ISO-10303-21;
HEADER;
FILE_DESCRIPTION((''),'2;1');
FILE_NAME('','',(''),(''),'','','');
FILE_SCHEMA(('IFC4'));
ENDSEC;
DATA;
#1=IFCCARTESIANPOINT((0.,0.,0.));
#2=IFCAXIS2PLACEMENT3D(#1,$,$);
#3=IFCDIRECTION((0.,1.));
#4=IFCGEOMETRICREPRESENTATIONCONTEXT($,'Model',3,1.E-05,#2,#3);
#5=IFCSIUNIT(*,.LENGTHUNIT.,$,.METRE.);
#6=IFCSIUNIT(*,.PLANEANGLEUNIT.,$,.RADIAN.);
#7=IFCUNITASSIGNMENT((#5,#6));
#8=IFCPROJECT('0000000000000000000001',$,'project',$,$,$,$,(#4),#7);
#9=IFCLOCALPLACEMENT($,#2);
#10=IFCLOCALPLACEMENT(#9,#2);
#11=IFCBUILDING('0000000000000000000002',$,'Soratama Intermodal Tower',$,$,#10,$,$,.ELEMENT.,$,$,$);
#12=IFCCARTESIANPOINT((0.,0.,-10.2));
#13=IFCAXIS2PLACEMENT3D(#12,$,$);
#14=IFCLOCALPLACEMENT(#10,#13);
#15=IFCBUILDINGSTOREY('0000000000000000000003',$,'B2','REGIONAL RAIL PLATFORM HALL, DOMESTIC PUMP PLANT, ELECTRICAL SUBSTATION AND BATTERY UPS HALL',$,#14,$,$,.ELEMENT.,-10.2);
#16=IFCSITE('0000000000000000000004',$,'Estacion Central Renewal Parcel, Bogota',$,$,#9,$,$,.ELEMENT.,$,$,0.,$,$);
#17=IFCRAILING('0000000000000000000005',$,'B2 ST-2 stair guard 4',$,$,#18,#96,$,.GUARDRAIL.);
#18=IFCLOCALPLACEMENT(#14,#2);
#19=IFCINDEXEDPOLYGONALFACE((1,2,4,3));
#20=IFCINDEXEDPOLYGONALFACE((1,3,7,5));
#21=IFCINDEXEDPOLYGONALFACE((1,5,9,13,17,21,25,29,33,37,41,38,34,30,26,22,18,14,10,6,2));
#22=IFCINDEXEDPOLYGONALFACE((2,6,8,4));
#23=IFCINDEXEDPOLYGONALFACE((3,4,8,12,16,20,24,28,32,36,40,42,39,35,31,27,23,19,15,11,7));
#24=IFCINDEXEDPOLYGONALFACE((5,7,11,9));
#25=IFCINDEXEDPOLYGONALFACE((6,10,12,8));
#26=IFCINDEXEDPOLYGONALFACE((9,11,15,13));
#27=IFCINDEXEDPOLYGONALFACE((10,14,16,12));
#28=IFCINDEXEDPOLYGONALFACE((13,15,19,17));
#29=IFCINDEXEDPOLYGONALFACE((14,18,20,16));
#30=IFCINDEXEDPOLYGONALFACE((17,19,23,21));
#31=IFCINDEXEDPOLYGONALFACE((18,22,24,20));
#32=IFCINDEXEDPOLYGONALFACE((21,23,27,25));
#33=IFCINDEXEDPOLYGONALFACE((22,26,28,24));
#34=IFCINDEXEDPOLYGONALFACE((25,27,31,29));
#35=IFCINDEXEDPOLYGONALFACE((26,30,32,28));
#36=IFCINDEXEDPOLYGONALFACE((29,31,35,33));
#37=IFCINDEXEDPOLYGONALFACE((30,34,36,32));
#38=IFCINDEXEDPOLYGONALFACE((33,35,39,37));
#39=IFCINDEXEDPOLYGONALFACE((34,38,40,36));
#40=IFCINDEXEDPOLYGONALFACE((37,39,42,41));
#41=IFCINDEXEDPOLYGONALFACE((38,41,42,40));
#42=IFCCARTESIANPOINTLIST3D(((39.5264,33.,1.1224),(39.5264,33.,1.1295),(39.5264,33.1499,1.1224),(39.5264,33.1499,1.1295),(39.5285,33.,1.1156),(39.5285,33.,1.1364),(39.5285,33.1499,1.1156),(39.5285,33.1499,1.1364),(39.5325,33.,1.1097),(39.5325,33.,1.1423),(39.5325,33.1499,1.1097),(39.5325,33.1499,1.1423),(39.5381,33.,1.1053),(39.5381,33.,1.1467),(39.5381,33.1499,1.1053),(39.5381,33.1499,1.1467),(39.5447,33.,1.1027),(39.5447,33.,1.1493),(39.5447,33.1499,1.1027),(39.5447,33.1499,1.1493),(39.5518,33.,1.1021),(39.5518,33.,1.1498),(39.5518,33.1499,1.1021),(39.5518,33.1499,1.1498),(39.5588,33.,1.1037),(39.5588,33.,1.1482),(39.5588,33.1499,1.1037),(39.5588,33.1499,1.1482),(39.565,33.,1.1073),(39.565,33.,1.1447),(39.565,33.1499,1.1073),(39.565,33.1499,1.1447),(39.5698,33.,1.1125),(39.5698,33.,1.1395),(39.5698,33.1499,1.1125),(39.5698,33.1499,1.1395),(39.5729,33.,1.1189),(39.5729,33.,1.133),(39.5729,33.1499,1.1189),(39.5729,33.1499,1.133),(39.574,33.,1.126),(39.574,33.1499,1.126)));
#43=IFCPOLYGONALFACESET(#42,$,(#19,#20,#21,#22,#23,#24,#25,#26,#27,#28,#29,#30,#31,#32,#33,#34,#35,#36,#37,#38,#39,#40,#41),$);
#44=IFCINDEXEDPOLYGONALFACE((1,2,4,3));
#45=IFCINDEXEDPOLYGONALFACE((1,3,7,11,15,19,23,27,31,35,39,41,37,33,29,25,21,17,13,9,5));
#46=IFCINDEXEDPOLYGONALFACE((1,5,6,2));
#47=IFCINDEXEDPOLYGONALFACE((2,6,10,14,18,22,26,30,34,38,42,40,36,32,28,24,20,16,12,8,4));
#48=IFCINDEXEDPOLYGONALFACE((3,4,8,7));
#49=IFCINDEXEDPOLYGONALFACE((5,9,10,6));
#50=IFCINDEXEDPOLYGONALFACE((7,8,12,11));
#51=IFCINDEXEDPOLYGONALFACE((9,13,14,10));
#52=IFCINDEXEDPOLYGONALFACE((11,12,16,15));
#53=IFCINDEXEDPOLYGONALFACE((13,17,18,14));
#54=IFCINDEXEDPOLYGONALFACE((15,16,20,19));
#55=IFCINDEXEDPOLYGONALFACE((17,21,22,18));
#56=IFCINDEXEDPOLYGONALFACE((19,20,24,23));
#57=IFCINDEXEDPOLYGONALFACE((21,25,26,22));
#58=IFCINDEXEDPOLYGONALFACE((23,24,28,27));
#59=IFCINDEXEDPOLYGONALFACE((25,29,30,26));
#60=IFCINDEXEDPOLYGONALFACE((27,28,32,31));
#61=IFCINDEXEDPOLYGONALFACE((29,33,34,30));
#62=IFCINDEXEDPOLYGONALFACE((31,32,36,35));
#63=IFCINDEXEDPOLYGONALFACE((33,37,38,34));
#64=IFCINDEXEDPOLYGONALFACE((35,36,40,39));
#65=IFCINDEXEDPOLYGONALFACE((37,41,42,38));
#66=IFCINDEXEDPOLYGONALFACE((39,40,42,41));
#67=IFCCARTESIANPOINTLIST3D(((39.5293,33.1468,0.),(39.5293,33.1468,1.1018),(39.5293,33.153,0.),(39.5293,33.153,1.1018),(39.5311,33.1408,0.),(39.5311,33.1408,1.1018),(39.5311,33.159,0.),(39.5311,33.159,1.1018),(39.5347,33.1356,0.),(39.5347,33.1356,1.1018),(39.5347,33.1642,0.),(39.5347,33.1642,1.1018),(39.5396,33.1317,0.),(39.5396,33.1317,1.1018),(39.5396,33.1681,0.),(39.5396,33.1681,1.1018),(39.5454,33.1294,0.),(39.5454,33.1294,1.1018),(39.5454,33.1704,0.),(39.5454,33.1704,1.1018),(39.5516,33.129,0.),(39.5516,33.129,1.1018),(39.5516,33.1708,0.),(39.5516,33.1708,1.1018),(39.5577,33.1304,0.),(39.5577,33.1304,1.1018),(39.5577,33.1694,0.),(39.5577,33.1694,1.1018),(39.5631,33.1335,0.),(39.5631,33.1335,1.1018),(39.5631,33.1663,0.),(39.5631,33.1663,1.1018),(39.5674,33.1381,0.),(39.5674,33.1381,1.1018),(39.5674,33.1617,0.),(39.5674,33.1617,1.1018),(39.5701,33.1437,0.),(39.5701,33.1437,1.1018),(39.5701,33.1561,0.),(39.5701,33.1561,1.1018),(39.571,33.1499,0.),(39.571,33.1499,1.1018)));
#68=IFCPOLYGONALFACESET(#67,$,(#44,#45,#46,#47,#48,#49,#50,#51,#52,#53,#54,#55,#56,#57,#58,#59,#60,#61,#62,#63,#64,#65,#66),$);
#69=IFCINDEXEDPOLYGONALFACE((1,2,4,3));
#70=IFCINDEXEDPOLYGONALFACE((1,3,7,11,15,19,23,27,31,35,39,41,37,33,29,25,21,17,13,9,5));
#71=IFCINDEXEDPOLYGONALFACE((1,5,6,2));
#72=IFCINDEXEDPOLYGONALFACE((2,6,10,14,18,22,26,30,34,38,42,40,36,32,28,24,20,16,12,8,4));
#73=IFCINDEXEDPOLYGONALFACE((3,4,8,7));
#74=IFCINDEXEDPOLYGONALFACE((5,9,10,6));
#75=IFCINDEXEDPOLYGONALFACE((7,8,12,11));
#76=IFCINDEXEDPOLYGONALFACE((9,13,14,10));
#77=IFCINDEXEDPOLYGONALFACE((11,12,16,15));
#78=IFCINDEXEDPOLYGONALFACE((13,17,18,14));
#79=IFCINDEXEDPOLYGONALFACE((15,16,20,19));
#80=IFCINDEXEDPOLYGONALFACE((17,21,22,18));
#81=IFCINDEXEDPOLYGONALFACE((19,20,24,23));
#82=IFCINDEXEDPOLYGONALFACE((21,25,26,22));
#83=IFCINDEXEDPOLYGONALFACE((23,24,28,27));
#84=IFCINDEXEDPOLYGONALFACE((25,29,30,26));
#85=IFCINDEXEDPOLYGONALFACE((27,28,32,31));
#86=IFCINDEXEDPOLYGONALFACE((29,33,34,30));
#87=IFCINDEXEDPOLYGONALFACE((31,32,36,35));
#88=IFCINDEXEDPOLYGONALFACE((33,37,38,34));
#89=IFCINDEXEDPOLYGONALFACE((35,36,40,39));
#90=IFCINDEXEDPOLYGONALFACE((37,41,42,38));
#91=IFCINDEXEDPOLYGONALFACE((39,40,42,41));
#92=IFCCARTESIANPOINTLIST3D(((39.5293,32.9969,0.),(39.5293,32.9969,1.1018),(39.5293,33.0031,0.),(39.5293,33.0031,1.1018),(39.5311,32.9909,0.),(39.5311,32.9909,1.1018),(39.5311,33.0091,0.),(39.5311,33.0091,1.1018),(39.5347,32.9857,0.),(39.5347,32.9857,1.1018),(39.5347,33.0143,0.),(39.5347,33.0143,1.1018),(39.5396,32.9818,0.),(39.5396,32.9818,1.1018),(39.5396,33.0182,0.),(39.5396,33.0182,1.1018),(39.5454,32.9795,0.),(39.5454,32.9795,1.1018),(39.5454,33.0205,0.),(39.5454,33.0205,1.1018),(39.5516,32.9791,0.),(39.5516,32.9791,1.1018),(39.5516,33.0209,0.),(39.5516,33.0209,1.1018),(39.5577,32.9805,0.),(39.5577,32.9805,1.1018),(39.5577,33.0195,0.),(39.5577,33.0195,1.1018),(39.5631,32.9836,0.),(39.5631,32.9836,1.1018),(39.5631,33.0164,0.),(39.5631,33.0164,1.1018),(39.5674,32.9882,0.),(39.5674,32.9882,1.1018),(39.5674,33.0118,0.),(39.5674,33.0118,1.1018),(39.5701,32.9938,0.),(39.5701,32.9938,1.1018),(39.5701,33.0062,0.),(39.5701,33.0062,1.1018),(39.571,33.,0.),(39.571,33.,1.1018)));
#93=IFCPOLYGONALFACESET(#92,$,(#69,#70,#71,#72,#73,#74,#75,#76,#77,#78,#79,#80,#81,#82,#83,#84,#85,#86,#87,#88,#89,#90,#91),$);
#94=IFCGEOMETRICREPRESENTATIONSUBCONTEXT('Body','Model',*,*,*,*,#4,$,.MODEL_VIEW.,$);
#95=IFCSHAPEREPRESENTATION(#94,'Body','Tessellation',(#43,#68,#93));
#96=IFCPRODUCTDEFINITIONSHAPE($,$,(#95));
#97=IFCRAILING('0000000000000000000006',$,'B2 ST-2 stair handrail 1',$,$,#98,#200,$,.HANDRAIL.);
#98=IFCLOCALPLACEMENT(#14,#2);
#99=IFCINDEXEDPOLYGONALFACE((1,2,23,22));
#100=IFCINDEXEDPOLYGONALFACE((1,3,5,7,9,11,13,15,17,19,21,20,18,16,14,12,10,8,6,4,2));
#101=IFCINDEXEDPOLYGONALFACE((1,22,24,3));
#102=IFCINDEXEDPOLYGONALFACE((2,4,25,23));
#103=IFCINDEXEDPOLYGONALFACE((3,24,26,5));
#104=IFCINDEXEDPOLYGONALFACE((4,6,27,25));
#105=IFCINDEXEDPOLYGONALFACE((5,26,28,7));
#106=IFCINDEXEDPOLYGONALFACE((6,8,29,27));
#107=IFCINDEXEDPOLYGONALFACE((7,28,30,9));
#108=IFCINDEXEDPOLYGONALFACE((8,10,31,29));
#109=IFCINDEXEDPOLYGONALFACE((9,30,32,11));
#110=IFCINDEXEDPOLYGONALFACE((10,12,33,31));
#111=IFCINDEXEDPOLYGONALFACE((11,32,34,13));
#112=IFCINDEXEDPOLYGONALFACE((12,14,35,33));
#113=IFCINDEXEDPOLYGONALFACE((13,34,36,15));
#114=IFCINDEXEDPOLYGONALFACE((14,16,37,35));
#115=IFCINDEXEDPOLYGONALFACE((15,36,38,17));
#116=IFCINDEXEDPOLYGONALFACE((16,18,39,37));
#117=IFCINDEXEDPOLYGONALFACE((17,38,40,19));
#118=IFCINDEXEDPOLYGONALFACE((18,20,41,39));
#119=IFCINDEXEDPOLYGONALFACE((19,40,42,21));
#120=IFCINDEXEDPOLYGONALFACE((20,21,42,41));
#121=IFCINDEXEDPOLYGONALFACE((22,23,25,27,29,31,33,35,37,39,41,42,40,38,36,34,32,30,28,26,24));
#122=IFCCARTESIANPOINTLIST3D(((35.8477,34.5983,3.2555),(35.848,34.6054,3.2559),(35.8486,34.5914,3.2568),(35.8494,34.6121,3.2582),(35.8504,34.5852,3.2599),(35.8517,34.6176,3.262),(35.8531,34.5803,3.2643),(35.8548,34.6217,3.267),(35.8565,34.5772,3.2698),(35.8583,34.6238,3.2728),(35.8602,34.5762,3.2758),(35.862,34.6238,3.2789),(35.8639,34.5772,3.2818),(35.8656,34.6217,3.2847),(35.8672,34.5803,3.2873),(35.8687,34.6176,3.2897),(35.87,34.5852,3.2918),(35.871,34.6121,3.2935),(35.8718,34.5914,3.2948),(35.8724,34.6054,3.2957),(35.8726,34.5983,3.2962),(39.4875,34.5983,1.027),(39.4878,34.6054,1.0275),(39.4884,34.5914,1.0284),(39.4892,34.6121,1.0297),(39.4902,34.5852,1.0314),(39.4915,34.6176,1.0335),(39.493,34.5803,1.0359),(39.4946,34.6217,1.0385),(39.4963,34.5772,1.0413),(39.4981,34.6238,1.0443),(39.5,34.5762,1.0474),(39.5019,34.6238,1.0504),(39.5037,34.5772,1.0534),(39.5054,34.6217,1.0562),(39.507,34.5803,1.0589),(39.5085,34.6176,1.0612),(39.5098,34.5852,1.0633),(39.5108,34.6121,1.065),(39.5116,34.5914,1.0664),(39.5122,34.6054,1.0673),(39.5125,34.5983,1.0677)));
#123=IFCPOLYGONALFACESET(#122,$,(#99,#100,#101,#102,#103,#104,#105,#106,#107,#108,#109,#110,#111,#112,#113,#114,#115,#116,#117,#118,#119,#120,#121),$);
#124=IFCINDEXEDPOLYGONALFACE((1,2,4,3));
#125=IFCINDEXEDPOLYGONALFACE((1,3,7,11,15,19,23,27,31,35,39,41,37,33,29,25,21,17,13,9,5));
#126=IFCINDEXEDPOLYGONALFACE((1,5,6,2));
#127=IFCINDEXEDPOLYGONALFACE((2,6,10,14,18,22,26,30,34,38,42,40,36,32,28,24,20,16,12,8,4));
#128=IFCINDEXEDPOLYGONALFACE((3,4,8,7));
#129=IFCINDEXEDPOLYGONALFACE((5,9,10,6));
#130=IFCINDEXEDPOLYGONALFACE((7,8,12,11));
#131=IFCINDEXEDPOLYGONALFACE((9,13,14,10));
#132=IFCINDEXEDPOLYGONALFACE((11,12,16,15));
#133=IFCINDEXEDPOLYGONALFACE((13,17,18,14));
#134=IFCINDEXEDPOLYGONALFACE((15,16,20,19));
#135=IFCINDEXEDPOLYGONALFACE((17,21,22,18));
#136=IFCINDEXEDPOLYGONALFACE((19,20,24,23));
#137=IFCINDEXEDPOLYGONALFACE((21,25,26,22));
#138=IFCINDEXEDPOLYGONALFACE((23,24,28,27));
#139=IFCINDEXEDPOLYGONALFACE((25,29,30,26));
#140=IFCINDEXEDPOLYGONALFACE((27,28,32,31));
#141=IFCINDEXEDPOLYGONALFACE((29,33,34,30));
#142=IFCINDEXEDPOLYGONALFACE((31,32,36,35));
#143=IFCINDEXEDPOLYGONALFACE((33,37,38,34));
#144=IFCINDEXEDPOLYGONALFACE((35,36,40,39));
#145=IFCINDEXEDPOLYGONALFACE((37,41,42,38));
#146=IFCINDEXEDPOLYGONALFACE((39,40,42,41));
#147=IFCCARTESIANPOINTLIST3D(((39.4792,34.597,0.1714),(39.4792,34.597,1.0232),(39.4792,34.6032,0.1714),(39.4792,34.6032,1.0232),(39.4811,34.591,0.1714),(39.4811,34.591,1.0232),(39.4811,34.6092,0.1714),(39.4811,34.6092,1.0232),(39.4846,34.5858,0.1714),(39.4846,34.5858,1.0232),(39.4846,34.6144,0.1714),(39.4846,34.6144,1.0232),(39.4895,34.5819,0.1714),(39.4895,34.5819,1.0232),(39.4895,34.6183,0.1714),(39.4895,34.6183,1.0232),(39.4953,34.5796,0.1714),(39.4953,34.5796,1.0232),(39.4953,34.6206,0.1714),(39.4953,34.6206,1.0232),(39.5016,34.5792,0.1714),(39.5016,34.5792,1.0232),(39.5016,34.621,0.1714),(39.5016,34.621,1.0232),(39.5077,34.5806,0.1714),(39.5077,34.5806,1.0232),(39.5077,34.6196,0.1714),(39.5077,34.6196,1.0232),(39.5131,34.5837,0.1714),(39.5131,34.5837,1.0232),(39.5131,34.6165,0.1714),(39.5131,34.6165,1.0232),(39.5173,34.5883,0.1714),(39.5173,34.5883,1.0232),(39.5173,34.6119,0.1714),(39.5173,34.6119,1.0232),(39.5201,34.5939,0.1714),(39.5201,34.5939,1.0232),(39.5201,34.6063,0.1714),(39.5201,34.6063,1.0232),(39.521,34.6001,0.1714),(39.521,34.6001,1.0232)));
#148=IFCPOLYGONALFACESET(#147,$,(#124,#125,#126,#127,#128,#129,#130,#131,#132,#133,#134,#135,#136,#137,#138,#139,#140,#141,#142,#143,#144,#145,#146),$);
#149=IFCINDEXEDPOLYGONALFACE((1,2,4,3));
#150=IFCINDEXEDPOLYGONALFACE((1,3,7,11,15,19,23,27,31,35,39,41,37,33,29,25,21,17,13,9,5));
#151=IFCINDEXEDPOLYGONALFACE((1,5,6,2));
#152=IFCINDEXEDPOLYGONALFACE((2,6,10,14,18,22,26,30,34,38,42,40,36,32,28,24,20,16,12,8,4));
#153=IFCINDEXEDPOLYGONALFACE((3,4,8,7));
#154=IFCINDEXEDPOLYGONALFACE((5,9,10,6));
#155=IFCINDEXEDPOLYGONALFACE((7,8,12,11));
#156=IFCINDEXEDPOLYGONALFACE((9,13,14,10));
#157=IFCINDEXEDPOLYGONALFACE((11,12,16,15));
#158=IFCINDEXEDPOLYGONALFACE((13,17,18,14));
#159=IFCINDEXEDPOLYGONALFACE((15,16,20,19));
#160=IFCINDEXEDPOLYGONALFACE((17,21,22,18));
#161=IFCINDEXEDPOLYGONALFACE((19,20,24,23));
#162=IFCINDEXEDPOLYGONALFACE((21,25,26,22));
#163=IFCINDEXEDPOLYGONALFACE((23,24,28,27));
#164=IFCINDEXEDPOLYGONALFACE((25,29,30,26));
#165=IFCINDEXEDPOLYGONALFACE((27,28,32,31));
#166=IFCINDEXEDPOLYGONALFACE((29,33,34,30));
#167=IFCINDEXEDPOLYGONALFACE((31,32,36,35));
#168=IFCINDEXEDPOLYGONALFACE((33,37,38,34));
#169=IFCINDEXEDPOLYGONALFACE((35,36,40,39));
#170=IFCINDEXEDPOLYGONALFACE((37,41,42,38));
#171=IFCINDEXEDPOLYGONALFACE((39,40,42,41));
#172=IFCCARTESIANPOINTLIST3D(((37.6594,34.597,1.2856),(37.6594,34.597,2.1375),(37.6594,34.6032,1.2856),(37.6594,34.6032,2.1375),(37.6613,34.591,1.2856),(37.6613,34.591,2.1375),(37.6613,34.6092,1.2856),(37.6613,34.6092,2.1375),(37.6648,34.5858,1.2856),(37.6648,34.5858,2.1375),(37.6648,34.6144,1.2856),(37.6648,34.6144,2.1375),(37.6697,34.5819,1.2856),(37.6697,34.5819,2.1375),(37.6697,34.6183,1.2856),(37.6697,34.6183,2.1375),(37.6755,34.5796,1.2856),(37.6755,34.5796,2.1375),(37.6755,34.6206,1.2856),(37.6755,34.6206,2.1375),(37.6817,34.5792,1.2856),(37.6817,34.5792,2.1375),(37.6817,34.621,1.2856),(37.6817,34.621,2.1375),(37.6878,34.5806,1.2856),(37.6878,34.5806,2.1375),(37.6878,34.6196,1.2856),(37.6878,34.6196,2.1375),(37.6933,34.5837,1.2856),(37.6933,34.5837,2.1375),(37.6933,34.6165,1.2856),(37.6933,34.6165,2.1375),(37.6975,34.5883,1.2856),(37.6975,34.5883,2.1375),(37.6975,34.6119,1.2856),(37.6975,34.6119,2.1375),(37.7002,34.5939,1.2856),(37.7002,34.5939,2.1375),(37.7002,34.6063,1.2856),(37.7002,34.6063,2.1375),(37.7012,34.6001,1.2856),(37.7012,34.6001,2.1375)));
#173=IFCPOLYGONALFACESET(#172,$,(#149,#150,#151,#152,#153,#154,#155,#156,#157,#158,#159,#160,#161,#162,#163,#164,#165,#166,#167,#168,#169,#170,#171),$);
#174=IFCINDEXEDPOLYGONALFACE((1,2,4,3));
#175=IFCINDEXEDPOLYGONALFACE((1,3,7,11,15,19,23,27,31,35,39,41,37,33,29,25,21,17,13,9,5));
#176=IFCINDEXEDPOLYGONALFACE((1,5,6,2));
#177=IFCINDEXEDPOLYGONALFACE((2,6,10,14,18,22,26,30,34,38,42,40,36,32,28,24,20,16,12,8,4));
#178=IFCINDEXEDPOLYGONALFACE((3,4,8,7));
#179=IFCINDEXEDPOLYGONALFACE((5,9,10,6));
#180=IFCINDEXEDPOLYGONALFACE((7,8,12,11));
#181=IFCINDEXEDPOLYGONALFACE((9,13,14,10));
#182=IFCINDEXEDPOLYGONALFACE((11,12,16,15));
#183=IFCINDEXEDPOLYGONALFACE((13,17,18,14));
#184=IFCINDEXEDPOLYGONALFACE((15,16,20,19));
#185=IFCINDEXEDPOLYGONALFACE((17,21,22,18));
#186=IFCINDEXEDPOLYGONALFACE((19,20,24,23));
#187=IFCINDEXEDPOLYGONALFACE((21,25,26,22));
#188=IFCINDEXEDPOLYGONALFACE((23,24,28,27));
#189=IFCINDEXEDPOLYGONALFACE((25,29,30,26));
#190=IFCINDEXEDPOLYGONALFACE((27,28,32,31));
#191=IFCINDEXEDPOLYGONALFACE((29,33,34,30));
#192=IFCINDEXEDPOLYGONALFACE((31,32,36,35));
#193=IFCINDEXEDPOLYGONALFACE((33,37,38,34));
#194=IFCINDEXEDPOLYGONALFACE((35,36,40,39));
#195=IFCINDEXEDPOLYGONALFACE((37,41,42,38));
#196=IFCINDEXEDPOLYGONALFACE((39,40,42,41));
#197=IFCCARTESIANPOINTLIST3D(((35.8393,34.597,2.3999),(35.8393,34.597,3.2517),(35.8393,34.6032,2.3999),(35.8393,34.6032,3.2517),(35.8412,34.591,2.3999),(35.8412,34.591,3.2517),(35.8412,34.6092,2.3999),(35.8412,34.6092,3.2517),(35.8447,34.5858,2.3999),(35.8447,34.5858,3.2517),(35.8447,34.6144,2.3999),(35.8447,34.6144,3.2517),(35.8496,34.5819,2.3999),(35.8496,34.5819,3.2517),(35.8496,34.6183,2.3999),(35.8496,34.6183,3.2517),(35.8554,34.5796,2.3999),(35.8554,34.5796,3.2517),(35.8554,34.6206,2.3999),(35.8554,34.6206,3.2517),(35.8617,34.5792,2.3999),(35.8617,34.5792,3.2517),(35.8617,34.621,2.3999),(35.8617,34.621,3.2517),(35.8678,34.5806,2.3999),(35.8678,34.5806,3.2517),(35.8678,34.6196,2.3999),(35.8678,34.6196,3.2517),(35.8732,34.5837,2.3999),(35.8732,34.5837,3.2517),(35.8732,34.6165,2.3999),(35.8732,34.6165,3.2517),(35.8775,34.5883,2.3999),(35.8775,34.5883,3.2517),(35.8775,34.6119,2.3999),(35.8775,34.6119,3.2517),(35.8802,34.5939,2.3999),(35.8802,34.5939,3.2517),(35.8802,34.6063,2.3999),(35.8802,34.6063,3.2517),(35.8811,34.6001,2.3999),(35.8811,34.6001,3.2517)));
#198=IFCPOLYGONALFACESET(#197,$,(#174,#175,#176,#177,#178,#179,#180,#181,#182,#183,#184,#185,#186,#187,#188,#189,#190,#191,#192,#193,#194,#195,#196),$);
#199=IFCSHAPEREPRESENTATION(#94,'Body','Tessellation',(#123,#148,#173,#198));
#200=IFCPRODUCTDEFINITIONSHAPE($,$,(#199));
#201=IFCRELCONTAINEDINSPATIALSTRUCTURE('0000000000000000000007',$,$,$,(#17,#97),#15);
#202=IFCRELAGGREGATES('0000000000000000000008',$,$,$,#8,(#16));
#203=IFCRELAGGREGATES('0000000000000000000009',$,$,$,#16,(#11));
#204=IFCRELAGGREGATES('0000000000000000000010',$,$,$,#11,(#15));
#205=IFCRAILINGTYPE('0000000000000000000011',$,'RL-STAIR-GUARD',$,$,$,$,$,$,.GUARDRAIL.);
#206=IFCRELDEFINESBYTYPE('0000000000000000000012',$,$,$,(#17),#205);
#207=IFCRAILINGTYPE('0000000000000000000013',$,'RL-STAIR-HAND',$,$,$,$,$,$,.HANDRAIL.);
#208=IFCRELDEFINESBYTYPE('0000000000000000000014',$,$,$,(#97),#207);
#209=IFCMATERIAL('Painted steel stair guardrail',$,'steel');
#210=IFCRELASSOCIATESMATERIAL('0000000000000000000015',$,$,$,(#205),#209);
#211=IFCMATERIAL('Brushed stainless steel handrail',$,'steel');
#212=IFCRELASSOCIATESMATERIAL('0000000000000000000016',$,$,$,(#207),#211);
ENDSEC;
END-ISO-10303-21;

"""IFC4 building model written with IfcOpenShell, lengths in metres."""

from ifc_helpers import new_model, si_unit, direction, frame, origin, origin_2d, place, context, subcontext, project, spatial, circle, extrude, material, type_object, element, save


model = new_model("IFC4")

# Units and contexts
model_context = context("Model", 3, precision=1e-05, world=origin(), true_north=direction((0.0, 1.0)))
body_context = subcontext(model_context, "Body", "Model", "MODEL_VIEW")
ifc_project = project(units=[si_unit("LENGTHUNIT", "METRE"), si_unit("PLANEANGLEUNIT", "RADIAN")], contexts=[model_context])

# Site, building, storey
site_placement = place(None, origin())
site = spatial("IfcSite", under=ifc_project, at=site_placement, Name="Estacion Central Renewal Parcel, Bogota", CompositionType="ELEMENT", RefElevation=0.0)
building_placement = place(site_placement, origin())
building = spatial("IfcBuilding", under=site, at=building_placement, Name="Soratama Intermodal Tower", CompositionType="ELEMENT")
storey_placement = place(building_placement, frame((0.0, 0.0, -10.2)))
storey = spatial("IfcBuildingStorey", under=building, at=storey_placement, Name="B2", Description="REGIONAL RAIL PLATFORM HALL, DOMESTIC PUMP PLANT, ELECTRICAL SUBSTATION AND BATTERY UPS HALL", CompositionType="ELEMENT", Elevation=-10.2)

# Railings
ifc_material_1 = material(Name="Painted steel stair guardrail", Category="steel")
railing_type_1 = type_object("IfcRailingType", Name="RL-STAIR-GUARD", PredefinedType="GUARDRAIL", material=ifc_material_1)
railing_1_placement = place(storey_placement, frame((39.55, 33.1499, 0.0)))
element("IfcRailing", 1, at=railing_1_placement, inside=storey, type_object=railing_type_1, Name="B2 ST-2 stair guard 4", PredefinedType="GUARDRAIL", context=body_context, shape_type="SweptSolid", body=[
    extrude(circle(Radius=0.0239, at=origin_2d()), frame((0.0, 0.0, 1.126), z_axis=(0.0, -1.0, 0.0), x_axis=(1.0, 0.0, 0.0)), (0.0, 0.0, 1.0), 0.1499),
    extrude(circle(Radius=0.021, at=origin_2d()), origin(), (0.0, 0.0, 1.0), 1.1018),
    extrude(circle(Radius=0.021, at=origin_2d()), frame((0.0, -0.1499, 0.0)), (0.0, 0.0, 1.0), 1.1018),
])
ifc_material_2 = material(Name="Brushed stainless steel handrail", Category="steel")
railing_type_2 = type_object("IfcRailingType", Name="RL-STAIR-HAND", PredefinedType="HANDRAIL", material=ifc_material_2)
railing_2_placement = place(storey_placement, frame((39.5, 34.6001, 0.1714)))
element("IfcRailing", 2, at=railing_2_placement, inside=storey, type_object=railing_type_2, Name="B2 ST-2 stair handrail 1", PredefinedType="HANDRAIL", context=body_context, shape_type="SweptSolid", body=[
    extrude(circle(Radius=0.0239, at=origin_2d()), frame((0.0, 0.0, 0.876), z_axis=(-0.85285, 0.0, 0.522156), x_axis=(0.0, -1.0, 0.0)), (0.0, 0.0, 1.0), 4.2678),
    extrude(circle(Radius=0.021, at=origin_2d()), origin(), (0.0, 0.0, 1.0), 0.8518),
    extrude(circle(Radius=0.021, at=origin_2d()), frame((-1.8198, 0.0, 1.1143)), (0.0, 0.0, 1.0), 0.8518),
    extrude(circle(Radius=0.021, at=origin_2d()), frame((-3.6399, 0.0, 2.2285)), (0.0, 0.0, 1.0), 0.8518),
])

save(model, "model.ifc")
